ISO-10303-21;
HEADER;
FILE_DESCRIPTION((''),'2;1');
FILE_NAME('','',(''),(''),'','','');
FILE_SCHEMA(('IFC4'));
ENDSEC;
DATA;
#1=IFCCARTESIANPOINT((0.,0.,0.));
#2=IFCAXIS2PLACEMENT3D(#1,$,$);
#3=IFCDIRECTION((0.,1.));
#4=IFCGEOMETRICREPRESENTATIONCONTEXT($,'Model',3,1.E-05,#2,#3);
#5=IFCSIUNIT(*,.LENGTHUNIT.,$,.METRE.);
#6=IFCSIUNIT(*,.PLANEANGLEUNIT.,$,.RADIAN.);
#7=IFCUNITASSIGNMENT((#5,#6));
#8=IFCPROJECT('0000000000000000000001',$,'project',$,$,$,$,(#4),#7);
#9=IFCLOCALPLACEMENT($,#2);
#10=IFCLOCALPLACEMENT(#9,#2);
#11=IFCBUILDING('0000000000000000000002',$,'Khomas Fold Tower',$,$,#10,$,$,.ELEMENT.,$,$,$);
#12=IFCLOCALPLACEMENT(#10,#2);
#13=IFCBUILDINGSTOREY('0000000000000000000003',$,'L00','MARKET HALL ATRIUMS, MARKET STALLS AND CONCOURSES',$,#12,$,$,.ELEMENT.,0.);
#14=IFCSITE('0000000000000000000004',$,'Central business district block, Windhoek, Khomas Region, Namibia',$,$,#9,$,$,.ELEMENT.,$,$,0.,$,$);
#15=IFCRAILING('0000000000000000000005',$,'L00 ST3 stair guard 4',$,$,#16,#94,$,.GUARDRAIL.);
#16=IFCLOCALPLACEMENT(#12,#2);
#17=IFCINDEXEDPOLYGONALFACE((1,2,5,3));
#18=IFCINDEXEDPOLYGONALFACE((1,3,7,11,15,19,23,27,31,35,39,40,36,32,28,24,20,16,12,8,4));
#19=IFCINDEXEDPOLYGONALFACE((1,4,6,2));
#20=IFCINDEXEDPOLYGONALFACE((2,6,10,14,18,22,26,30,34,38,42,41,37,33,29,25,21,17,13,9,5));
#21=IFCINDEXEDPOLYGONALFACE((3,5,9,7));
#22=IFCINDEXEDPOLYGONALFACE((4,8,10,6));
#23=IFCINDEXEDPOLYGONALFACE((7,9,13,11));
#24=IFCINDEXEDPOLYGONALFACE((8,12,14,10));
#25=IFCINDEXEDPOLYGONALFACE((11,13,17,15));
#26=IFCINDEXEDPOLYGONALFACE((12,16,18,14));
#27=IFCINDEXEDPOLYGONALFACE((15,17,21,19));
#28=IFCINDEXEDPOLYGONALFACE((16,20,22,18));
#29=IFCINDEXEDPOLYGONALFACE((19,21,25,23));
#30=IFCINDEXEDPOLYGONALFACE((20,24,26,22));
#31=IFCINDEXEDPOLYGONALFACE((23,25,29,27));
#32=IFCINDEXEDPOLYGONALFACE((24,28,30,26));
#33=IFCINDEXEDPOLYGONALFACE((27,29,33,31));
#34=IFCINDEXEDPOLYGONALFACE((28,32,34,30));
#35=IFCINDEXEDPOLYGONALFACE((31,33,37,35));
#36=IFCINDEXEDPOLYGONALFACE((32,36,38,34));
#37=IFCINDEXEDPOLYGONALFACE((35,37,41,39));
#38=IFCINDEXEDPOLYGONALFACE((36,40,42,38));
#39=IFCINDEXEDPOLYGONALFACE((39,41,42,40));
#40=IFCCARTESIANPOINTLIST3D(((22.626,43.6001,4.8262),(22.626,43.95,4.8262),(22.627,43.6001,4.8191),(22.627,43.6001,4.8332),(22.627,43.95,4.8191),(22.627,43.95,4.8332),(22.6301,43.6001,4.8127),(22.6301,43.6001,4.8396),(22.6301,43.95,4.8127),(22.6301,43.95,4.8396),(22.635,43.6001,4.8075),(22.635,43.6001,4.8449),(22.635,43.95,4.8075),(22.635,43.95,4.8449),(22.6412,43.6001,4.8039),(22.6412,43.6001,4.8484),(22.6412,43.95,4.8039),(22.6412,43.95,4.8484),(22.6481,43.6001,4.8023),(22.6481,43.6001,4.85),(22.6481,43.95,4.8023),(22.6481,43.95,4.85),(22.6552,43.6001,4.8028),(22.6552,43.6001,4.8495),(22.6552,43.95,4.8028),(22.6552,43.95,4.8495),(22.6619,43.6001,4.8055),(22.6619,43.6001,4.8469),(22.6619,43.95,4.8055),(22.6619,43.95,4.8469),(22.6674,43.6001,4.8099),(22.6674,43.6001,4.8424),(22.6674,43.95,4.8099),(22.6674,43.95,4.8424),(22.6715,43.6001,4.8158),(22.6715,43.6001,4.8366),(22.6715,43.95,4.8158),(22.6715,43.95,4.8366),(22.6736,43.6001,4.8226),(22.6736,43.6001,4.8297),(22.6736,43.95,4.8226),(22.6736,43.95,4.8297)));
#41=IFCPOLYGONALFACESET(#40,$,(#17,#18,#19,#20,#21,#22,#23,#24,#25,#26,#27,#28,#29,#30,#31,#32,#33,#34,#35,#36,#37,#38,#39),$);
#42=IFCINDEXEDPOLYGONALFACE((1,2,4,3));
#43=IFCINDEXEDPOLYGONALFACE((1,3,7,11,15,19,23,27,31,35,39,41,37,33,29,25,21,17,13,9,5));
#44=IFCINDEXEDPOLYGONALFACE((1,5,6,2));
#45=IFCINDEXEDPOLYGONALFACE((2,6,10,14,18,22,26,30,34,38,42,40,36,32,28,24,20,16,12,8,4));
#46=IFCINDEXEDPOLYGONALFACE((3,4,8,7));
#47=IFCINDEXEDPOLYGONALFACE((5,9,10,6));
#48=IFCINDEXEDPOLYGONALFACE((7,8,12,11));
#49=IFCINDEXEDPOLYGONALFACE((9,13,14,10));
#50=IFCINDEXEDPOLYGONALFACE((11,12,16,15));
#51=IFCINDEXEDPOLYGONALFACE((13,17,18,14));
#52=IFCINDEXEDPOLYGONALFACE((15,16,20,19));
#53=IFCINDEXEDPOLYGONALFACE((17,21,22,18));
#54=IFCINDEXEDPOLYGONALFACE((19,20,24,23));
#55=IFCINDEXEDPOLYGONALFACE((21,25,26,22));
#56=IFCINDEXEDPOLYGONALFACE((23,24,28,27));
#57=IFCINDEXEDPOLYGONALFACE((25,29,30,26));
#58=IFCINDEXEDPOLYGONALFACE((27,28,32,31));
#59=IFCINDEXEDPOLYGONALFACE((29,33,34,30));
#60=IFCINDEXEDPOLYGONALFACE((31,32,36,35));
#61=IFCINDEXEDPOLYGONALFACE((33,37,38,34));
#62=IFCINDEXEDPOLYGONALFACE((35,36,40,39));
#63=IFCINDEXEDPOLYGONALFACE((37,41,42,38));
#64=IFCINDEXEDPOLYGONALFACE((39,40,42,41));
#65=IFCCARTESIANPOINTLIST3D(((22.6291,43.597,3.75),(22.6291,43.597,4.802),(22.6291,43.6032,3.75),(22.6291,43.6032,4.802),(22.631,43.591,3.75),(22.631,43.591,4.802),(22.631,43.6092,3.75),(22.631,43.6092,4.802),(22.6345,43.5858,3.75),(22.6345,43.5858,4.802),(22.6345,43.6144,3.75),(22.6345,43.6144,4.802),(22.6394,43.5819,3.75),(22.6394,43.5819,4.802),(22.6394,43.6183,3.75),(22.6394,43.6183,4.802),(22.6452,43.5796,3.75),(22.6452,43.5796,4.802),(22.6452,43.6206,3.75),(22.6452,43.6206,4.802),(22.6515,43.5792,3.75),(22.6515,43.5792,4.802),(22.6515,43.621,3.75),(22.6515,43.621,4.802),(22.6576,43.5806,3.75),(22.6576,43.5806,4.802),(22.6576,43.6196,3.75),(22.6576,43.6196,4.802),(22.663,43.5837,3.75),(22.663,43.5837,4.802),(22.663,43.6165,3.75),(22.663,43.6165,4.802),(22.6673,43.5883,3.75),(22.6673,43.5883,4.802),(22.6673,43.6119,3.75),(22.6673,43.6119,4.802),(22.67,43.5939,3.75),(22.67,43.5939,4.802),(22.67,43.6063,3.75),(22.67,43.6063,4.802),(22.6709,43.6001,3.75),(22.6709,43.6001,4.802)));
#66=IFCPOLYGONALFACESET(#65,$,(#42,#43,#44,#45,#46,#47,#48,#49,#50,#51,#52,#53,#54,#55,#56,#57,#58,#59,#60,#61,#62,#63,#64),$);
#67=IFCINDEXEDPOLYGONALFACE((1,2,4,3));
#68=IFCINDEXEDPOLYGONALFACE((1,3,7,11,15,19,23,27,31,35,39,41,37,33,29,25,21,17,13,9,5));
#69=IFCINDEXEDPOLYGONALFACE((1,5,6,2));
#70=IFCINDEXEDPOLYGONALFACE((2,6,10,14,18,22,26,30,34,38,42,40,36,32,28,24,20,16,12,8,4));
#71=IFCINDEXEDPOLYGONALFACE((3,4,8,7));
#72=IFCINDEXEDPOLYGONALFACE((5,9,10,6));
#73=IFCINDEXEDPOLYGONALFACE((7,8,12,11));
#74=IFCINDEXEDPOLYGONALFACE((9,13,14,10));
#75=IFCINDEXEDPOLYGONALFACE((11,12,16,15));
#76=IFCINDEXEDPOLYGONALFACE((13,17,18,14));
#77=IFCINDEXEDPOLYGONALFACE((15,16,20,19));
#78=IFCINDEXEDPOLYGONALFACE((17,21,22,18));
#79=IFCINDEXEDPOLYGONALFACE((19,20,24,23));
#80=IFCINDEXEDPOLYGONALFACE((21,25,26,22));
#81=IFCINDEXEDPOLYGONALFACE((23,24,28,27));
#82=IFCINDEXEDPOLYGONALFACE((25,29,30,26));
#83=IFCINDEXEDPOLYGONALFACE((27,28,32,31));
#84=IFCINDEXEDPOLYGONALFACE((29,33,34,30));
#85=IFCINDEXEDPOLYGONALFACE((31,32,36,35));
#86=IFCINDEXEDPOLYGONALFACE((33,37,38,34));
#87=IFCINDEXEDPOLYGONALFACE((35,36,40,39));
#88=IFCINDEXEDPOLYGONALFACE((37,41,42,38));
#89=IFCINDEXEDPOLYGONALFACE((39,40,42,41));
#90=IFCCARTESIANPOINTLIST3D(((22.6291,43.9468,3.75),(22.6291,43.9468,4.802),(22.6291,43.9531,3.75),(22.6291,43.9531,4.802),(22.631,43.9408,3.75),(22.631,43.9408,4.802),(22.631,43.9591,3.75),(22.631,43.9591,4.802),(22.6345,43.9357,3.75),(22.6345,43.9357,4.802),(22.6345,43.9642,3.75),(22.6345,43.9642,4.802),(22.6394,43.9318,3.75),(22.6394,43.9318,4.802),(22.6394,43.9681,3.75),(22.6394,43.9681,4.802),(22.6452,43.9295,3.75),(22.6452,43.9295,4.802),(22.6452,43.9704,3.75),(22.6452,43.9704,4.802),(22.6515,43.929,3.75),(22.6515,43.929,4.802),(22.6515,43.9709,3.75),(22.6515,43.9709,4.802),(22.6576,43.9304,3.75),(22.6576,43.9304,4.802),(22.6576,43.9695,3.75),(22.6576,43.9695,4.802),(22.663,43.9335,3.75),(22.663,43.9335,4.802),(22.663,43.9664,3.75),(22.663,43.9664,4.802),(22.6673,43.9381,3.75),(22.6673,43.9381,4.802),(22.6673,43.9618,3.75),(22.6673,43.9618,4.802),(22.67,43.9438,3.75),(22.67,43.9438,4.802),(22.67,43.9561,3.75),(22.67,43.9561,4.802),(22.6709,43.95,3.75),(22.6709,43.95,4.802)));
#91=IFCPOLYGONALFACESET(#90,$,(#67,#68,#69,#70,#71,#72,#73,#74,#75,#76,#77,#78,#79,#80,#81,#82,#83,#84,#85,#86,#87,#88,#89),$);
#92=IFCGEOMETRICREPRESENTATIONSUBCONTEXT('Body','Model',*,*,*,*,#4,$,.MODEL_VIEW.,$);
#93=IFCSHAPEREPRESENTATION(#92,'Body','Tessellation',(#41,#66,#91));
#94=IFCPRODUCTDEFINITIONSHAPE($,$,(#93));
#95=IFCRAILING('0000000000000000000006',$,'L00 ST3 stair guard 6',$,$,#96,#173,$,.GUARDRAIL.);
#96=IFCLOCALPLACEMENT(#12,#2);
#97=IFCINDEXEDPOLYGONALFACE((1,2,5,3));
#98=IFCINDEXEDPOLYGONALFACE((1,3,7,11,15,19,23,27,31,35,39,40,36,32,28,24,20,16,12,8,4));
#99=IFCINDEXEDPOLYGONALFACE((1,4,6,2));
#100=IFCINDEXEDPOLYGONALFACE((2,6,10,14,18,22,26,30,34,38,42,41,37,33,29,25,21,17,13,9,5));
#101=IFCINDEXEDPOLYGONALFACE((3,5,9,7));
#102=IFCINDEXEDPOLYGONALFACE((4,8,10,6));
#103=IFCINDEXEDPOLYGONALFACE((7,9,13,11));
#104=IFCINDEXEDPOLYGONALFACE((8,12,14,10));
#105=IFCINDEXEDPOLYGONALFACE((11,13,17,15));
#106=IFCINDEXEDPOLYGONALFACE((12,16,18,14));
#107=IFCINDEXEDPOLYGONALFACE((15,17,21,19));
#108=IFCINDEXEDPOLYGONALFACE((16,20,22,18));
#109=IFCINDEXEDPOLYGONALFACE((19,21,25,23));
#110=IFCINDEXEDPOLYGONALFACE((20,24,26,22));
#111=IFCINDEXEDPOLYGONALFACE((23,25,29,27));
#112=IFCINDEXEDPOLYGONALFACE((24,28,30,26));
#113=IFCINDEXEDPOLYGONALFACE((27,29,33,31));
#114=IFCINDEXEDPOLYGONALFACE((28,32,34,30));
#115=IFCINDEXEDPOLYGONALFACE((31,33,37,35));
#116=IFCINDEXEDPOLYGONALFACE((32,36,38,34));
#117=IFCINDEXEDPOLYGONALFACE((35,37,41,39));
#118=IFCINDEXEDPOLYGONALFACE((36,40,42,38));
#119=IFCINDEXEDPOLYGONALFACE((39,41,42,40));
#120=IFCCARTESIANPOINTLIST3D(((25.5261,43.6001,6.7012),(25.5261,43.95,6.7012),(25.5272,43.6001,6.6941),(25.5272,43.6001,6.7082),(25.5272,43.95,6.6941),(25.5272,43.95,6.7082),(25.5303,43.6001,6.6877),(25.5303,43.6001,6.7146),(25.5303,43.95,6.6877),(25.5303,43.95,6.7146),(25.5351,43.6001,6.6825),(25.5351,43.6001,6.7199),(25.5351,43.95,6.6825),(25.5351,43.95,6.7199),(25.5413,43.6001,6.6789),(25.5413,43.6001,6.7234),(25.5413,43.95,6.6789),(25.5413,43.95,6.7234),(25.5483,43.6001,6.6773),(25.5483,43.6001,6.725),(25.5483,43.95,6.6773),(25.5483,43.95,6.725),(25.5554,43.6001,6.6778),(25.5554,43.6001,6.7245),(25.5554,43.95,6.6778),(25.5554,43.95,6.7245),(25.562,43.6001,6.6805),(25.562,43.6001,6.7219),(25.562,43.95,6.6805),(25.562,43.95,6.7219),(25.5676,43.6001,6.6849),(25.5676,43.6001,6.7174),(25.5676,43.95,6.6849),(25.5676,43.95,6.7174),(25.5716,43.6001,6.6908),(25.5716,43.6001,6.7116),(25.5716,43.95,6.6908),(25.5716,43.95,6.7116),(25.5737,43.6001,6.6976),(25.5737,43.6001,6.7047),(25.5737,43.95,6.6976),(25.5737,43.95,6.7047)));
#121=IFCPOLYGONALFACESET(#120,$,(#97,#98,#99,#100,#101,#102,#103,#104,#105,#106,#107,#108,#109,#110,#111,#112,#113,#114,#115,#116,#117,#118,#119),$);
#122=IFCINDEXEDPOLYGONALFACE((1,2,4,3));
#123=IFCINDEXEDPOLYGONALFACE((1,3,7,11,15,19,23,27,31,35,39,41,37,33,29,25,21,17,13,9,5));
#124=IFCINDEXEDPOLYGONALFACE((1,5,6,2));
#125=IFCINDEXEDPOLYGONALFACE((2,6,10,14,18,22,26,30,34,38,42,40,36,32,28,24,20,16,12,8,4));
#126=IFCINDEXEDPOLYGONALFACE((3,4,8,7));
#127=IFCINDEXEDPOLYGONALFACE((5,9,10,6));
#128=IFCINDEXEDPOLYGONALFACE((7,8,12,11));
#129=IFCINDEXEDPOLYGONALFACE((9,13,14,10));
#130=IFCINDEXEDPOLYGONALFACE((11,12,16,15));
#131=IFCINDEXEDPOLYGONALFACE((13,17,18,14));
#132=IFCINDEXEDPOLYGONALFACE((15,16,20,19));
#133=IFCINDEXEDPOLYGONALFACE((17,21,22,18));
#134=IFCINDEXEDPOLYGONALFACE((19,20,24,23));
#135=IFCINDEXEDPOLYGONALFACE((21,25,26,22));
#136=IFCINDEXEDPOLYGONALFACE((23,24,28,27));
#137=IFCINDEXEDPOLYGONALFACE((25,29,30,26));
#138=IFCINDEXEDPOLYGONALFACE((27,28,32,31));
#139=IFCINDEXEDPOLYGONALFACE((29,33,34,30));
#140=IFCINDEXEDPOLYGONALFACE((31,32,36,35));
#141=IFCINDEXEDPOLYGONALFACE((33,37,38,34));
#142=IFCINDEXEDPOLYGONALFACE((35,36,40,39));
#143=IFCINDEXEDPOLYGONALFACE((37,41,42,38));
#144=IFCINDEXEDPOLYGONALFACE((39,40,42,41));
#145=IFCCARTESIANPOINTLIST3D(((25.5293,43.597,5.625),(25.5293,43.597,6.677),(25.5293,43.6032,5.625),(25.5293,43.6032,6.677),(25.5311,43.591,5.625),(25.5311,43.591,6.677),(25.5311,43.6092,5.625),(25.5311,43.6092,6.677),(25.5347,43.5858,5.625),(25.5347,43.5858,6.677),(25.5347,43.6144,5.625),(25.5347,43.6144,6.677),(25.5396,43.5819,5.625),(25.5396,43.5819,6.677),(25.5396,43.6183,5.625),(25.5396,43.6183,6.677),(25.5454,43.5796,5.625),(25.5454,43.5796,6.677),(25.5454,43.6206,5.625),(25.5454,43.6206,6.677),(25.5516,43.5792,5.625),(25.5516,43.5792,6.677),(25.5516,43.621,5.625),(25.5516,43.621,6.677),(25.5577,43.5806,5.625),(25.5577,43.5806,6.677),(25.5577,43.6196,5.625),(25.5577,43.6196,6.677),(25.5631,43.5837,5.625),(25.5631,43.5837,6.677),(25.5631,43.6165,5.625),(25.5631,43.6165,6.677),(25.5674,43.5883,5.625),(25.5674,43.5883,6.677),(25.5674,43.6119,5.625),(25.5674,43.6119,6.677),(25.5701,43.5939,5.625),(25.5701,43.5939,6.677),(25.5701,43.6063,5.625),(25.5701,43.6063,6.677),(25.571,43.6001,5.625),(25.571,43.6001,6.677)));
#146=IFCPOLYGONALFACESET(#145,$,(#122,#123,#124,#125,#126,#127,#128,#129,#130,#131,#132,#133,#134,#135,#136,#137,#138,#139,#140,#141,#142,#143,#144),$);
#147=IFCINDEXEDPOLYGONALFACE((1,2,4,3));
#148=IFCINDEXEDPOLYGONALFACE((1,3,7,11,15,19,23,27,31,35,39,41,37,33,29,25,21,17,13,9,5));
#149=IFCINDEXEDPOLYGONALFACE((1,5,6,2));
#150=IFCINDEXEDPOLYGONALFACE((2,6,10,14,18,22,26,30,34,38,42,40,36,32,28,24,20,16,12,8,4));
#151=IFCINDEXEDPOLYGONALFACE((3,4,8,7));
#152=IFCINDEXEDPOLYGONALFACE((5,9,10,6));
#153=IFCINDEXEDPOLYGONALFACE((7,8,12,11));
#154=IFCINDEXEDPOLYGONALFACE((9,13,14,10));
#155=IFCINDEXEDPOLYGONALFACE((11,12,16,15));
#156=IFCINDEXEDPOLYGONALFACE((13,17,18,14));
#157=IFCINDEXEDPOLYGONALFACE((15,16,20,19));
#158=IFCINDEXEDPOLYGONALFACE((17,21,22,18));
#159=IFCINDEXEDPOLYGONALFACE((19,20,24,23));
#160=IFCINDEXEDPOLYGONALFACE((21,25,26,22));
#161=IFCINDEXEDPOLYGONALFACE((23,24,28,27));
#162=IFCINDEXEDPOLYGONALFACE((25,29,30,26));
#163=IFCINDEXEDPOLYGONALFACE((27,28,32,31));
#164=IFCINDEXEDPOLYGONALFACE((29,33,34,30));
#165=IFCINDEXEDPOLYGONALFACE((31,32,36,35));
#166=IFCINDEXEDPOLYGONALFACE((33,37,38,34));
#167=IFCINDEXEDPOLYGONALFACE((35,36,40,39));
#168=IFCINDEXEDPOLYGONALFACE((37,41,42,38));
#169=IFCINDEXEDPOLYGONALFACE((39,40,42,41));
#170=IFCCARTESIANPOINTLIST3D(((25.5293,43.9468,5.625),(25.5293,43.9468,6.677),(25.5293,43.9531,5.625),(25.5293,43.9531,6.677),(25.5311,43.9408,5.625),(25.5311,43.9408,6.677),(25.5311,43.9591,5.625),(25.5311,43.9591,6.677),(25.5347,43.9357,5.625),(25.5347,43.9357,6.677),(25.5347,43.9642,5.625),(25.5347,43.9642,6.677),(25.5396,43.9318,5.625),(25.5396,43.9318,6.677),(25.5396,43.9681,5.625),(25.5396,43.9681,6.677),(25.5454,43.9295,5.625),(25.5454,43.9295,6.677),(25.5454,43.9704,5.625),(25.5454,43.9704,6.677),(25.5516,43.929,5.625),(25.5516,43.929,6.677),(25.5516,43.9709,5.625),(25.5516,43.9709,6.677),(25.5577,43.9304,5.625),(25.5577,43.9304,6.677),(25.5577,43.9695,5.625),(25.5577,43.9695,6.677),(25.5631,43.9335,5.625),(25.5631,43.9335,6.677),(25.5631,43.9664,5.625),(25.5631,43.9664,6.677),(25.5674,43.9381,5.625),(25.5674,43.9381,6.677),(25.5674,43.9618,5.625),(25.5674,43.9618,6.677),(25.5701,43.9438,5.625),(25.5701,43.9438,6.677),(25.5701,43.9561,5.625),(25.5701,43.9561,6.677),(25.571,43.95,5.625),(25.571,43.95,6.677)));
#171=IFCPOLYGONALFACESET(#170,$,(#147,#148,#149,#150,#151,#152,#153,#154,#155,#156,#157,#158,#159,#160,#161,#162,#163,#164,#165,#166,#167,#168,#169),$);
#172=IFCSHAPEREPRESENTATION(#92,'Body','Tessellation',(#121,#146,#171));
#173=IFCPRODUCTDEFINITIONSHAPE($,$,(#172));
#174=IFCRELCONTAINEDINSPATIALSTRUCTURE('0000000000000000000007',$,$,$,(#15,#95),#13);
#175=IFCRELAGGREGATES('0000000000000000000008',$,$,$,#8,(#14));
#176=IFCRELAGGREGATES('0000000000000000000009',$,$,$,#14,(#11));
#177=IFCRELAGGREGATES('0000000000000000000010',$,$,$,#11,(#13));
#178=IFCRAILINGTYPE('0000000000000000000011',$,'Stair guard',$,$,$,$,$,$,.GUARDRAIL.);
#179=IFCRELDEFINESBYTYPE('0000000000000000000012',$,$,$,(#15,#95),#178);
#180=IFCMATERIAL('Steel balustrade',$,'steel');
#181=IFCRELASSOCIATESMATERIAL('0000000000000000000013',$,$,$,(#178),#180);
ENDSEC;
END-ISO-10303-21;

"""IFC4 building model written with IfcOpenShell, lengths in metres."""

from ifc_helpers import new_model, si_unit, direction, frame, origin, origin_2d, place, context, subcontext, project, spatial, circle, extrude, source, transform, mapped, material, type_object, element, save


model = new_model("IFC4")

# Units and contexts
model_context = context("Model", 3, precision=1e-05, world=origin(), true_north=direction((0.0, 1.0)))
body_context = subcontext(model_context, "Body", "Model", "MODEL_VIEW")
ifc_project = project(units=[si_unit("LENGTHUNIT", "METRE"), si_unit("PLANEANGLEUNIT", "RADIAN")], contexts=[model_context])

# Site, building, storey
site_placement = place(None, origin())
site = spatial("IfcSite", under=ifc_project, at=site_placement, Name="Central business district block, Windhoek, Khomas Region, Namibia", CompositionType="ELEMENT", RefElevation=0.0)
building_placement = place(site_placement, origin())
building = spatial("IfcBuilding", under=site, at=building_placement, Name="Khomas Fold Tower", CompositionType="ELEMENT")
storey_placement = place(building_placement, origin())
storey = spatial("IfcBuildingStorey", under=building, at=storey_placement, Name="L00", Description="MARKET HALL ATRIUMS, MARKET STALLS AND CONCOURSES", CompositionType="ELEMENT", Elevation=0.0)

# Railings
ifc_material_1 = material(Name="Steel balustrade", Category="steel")
railing_type_1 = type_object("IfcRailingType", Name="Stair guard", PredefinedType="GUARDRAIL", material=ifc_material_1)
shared_shape_1 = source(origin(), body_context, "Body", "SweptSolid", [
    extrude(circle(Radius=0.0239, at=origin_2d()), frame((0.0, 0.0, 1.0762), z_axis=(0.0, 1.0, 0.0), x_axis=(-1.0, 0.0, 0.0)), (0.0, 0.0, 1.0), 0.3499),
    extrude(circle(Radius=0.021, at=origin_2d()), origin(), (0.0, 0.0, 1.0), 1.052),
    extrude(circle(Radius=0.021, at=origin_2d()), frame((0.0, 0.3499, 0.0)), (0.0, 0.0, 1.0), 1.052),
])
for number, where, name in (
    (1, (22.6499, 43.6001, 3.75), "L00 ST3 stair guard 4"),
    (2, (25.55, 43.6001, 5.625), "L00 ST3 stair guard 6"),
):
    element("IfcRailing", number, at=place(storey_placement, frame(where)), inside=storey, type_object=railing_type_1, Name=name, PredefinedType="GUARDRAIL", context=body_context, shape_type="MappedRepresentation", body=[
        mapped(shared_shape_1, transform((0.0, 0.0, 0.0))),
    ])

save(model, "model.ifc")
